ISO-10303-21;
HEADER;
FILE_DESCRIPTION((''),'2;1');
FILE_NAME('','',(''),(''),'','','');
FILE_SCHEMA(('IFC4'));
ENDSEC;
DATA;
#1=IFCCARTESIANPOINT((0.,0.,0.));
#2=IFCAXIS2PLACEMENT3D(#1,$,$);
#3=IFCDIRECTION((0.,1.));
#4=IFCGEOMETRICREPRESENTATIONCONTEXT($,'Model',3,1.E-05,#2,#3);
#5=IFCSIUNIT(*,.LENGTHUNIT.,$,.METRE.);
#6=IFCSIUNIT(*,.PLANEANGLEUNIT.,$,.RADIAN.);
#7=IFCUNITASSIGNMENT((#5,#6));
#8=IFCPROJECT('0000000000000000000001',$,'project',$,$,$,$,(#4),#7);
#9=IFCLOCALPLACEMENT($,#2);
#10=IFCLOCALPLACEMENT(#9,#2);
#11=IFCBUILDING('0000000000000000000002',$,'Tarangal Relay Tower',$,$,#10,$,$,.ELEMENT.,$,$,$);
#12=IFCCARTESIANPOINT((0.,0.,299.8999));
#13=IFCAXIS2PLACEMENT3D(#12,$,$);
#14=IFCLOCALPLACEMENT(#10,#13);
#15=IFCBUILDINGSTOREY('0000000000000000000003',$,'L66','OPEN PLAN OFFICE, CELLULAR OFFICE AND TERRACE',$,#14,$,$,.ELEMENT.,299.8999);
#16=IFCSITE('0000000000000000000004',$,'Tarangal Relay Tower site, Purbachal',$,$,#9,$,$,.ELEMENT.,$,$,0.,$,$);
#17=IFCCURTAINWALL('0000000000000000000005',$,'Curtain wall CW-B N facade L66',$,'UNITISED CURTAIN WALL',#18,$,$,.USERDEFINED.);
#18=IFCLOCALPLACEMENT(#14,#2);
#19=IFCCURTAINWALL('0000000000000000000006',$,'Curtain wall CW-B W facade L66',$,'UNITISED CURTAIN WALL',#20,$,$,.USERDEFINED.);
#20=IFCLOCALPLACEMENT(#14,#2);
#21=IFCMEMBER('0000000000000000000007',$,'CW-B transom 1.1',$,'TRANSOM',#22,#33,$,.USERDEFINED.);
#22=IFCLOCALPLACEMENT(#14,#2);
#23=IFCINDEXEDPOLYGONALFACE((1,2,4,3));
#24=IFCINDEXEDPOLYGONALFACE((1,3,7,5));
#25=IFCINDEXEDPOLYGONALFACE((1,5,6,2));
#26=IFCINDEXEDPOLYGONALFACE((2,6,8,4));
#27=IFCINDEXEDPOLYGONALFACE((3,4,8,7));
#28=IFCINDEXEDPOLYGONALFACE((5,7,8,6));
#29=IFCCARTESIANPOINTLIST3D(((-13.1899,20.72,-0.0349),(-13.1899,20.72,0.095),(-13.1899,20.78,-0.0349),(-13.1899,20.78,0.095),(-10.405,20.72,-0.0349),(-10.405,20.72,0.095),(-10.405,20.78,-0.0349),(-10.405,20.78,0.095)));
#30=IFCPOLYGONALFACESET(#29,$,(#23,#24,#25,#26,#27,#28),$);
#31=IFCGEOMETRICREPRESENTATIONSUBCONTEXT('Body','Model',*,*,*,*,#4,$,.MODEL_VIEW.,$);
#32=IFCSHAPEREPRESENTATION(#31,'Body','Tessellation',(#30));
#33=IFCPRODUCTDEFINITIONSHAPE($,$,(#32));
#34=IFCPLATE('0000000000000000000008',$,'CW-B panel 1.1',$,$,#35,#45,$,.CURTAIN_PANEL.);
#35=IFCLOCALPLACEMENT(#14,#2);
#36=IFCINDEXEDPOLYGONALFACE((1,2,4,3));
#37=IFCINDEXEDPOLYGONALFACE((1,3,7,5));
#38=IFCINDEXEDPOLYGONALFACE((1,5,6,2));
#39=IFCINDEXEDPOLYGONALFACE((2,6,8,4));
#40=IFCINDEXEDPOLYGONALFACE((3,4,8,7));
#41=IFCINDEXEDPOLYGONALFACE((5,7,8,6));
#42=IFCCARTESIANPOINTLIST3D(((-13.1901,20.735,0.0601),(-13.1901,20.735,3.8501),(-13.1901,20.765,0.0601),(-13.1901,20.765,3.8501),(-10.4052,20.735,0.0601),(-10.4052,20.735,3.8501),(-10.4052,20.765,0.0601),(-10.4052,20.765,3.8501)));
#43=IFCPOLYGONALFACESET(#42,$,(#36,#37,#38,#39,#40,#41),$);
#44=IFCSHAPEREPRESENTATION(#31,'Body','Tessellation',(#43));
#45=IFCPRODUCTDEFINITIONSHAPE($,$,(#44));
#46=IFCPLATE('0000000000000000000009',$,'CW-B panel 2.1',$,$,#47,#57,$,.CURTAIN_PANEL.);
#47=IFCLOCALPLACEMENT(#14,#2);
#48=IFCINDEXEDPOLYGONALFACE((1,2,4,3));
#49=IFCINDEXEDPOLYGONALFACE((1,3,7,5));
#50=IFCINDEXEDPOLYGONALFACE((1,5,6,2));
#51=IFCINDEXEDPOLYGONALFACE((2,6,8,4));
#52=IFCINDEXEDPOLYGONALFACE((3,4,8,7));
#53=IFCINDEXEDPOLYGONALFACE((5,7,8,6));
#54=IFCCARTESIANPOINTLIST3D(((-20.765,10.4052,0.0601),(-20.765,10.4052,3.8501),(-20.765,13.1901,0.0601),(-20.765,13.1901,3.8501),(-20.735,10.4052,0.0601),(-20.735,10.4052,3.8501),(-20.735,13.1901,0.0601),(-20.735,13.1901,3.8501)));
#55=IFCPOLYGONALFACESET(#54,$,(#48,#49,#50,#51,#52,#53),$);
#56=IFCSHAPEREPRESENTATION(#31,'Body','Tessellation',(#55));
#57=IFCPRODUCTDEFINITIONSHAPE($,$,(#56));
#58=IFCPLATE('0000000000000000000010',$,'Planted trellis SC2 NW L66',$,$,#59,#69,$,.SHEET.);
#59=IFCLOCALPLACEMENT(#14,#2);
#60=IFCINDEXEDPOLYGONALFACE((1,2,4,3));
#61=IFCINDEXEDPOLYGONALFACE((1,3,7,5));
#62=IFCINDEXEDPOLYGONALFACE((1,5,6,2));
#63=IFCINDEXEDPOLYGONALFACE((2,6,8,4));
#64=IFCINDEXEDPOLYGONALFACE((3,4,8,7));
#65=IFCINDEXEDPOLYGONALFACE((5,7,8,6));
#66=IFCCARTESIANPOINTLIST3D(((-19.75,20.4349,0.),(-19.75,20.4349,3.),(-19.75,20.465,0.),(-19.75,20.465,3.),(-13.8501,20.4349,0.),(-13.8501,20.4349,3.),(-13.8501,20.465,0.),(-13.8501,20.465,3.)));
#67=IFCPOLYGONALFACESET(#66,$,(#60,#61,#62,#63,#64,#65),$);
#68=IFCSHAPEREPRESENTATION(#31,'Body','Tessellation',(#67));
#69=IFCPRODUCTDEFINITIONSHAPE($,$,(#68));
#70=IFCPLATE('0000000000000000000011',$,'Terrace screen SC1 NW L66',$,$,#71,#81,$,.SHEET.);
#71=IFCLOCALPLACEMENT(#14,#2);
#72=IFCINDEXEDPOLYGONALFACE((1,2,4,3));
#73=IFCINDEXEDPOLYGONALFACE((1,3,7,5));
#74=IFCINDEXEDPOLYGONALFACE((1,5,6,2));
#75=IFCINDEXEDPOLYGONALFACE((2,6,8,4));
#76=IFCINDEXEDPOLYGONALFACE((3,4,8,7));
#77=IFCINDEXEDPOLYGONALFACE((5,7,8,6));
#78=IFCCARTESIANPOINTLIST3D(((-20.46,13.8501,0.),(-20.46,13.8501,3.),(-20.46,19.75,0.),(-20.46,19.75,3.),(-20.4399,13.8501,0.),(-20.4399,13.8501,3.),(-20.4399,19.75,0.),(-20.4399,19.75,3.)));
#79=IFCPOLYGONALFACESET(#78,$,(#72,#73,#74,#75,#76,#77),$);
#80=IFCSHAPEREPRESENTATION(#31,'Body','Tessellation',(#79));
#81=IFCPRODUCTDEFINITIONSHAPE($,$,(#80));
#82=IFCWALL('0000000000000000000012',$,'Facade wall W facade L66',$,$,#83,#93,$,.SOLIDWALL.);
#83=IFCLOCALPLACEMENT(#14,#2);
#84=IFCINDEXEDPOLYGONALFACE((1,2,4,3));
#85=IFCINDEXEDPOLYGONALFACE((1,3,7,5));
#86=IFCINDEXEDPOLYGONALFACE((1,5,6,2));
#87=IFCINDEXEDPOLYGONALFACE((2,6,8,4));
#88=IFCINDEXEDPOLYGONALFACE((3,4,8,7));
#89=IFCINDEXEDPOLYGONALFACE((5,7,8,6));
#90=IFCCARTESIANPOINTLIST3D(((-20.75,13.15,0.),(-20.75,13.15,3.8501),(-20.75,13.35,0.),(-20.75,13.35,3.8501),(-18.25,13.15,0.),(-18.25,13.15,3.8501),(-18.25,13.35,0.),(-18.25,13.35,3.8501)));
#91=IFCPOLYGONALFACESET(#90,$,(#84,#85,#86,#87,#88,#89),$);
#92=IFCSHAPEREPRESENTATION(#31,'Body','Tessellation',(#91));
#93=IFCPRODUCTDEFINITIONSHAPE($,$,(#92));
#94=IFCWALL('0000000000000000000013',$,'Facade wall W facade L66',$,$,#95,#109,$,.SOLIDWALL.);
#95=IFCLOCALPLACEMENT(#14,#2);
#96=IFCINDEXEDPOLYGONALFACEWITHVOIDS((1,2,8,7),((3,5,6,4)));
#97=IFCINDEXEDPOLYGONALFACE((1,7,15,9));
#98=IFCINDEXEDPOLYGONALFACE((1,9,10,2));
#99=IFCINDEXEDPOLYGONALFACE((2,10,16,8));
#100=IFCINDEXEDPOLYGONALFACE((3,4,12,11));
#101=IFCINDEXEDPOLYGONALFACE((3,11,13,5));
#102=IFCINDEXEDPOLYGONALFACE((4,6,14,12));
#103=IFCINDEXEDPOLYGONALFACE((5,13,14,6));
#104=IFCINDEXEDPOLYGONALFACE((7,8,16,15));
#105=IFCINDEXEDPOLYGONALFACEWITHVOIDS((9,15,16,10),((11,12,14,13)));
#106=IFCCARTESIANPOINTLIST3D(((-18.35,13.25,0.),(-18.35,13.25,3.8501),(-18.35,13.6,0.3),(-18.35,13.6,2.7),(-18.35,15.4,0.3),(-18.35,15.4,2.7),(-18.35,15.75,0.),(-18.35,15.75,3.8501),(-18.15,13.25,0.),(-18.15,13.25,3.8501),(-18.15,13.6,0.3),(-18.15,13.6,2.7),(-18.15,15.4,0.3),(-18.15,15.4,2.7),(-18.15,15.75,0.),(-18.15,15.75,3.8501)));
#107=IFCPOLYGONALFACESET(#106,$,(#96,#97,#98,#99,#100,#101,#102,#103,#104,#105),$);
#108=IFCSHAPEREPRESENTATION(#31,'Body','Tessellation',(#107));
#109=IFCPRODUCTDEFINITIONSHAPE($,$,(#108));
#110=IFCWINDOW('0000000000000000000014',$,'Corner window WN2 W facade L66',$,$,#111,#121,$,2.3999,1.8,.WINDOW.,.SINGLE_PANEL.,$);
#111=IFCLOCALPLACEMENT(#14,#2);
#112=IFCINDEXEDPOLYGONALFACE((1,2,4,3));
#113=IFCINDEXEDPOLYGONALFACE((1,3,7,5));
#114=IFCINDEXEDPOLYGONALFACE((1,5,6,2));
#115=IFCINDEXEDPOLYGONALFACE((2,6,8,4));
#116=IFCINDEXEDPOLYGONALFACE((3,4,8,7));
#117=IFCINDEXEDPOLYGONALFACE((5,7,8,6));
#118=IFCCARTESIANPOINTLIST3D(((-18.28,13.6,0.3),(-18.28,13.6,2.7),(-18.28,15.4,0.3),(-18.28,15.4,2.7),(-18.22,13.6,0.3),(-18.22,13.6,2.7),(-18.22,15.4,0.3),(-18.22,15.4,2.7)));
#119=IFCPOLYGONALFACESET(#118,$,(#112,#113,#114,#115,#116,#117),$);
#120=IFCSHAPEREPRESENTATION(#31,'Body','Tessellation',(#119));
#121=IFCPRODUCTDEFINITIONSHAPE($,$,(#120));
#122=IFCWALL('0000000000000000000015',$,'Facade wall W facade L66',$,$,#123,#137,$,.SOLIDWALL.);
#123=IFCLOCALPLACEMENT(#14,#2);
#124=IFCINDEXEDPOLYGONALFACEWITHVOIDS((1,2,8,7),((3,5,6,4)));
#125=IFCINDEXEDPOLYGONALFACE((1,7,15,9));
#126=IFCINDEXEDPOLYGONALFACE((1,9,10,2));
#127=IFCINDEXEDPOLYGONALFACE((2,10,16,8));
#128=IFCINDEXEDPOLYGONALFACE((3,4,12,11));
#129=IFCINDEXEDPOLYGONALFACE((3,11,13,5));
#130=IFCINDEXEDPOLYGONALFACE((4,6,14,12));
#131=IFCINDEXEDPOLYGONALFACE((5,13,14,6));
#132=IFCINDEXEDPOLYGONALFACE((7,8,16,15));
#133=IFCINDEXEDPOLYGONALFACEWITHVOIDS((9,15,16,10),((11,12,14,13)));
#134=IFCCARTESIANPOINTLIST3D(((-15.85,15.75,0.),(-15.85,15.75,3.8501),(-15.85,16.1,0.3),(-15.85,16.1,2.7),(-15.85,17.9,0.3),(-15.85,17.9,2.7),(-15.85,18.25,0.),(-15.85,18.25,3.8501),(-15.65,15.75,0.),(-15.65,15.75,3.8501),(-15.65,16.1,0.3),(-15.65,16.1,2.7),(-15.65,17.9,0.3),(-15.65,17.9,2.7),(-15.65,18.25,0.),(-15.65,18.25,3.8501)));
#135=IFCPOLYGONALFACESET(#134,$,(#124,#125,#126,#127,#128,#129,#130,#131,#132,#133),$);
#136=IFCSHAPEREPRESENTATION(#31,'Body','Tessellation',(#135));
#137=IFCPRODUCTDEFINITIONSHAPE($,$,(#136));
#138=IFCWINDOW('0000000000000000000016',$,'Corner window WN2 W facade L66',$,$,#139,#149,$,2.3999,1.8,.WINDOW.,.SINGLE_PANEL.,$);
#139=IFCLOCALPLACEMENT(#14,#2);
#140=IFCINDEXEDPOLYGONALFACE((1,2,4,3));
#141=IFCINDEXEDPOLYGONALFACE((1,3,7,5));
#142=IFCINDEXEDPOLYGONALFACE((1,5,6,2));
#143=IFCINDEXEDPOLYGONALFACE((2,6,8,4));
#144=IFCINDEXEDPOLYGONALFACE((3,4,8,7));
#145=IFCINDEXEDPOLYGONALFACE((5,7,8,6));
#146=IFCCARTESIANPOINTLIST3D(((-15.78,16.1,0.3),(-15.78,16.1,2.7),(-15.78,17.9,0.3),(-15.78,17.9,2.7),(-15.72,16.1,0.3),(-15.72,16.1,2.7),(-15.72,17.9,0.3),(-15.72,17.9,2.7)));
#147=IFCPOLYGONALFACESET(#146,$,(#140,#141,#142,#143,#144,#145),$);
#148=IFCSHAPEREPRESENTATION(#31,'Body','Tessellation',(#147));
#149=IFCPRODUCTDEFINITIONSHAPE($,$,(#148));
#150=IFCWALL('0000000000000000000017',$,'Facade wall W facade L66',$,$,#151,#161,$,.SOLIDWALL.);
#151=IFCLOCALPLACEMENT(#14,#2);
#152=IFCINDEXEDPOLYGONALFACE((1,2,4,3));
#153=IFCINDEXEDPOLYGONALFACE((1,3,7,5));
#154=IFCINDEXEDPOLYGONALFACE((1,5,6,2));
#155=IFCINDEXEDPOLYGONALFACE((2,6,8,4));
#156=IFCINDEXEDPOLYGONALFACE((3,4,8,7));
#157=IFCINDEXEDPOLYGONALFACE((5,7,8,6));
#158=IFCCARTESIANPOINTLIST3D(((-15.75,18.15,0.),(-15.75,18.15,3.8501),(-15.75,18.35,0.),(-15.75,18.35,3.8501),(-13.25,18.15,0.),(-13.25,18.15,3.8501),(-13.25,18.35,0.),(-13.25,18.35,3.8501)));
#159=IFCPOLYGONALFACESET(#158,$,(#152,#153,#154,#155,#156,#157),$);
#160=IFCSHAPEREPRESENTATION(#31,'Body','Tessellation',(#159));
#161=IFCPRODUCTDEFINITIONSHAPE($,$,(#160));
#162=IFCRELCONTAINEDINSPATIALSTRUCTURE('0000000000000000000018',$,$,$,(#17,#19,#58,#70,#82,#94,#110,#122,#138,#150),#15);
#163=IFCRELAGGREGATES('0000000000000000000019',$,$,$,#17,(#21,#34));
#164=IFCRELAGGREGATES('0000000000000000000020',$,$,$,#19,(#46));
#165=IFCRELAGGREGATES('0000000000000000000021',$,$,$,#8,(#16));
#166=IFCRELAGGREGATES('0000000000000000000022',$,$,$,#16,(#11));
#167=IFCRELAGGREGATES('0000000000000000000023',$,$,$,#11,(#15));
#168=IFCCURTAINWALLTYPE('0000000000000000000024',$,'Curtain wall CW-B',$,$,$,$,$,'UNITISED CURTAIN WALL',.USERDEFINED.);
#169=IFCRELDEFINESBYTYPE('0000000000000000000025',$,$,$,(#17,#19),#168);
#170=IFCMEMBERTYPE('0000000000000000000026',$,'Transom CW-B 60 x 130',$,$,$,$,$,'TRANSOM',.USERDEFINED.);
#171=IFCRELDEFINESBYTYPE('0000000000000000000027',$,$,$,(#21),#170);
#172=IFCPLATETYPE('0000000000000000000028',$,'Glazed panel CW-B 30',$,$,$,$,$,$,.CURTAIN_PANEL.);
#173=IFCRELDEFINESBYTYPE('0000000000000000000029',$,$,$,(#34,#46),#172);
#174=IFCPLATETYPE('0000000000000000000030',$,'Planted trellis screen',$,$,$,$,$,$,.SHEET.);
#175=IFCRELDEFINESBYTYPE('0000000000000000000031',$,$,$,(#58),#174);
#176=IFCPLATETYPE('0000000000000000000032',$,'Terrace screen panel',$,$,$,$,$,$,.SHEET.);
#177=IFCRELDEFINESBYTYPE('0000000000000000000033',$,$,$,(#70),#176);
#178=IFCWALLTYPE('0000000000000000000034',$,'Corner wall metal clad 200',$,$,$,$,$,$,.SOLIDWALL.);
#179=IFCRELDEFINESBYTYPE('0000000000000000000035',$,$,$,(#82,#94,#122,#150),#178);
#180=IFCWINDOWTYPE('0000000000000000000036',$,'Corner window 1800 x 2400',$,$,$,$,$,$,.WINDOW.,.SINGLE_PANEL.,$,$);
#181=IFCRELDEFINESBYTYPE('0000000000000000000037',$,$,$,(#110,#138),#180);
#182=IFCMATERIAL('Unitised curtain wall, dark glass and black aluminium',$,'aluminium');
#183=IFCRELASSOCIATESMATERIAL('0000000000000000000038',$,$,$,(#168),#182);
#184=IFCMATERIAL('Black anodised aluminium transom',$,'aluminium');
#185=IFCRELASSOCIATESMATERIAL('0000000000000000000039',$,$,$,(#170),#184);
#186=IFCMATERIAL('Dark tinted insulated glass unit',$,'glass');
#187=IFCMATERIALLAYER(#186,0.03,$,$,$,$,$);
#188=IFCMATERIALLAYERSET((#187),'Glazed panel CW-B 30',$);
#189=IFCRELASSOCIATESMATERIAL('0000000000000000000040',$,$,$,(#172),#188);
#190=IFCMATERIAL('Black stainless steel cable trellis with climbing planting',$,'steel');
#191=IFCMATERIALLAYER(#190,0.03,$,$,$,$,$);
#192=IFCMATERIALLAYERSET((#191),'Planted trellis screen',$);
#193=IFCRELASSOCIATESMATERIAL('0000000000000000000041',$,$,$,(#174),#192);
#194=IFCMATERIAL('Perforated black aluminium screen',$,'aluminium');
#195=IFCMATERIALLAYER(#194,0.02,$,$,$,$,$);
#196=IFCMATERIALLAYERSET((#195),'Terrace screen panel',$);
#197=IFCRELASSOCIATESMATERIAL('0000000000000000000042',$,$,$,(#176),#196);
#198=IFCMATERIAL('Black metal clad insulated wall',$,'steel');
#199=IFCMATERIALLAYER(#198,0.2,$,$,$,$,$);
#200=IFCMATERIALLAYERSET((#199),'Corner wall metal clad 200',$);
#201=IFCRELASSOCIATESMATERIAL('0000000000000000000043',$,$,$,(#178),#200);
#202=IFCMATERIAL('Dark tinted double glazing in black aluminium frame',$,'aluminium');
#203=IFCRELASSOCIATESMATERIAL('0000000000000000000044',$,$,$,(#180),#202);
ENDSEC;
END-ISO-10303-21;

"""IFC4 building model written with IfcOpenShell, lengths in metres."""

from ifc_helpers import new_model, si_unit, direction, frame, frame_2d, origin, origin_2d, place, context, subcontext, project, spatial, rectangle, extrude, material, layer, layer_set, material_profile, profile_set, type_object, element, fill, aggregate, save


model = new_model("IFC4")

# Units and contexts
model_context = context("Model", 3, precision=1e-05, world=origin(), true_north=direction((0.0, 1.0)))
body_context = subcontext(model_context, "Body", "Model", "MODEL_VIEW")
ifc_project = project(units=[si_unit("LENGTHUNIT", "METRE"), si_unit("PLANEANGLEUNIT", "RADIAN")], contexts=[model_context])

# Site, building, storey
site_placement = place(None, origin())
site = spatial("IfcSite", under=ifc_project, at=site_placement, Name="Tarangal Relay Tower site, Purbachal", CompositionType="ELEMENT", RefElevation=0.0)
building_placement = place(site_placement, origin())
building = spatial("IfcBuilding", under=site, at=building_placement, Name="Tarangal Relay Tower", CompositionType="ELEMENT")
storey_placement = place(building_placement, frame((0.0, 0.0, 299.8999)))
storey = spatial("IfcBuildingStorey", under=building, at=storey_placement, Name="L66", Description="OPEN PLAN OFFICE, CELLULAR OFFICE AND TERRACE", CompositionType="ELEMENT", Elevation=299.8999)

# Curtain walls
ifc_material_1 = material(Name="Unitised curtain wall, dark glass and black aluminium", Category="aluminium")
curtain_wall_type = type_object("IfcCurtainWallType", Name="Curtain wall CW-B", ElementType="UNITISED CURTAIN WALL", PredefinedType="USERDEFINED", material=ifc_material_1)
curtain_wall_1_placement = place(storey_placement, origin())
curtain_wall_1 = element("IfcCurtainWall", 1, at=curtain_wall_1_placement, inside=storey, type_object=curtain_wall_type, Name="Curtain wall CW-B N facade L66", ObjectType="UNITISED CURTAIN WALL", PredefinedType="USERDEFINED")
curtain_wall_2_placement = place(storey_placement, origin())
curtain_wall_2 = element("IfcCurtainWall", 2, at=curtain_wall_2_placement, inside=storey, type_object=curtain_wall_type, Name="Curtain wall CW-B W facade L66", ObjectType="UNITISED CURTAIN WALL", PredefinedType="USERDEFINED")

# Member
ifc_material_2 = material(Name="Black anodised aluminium transom", Category="aluminium")
ifc_material_profile_1 = material_profile(ifc_material_2, rectangle(XDim=0.0601, YDim=0.1299, at=origin_2d()), Name="CW-BT 60X130")
ifc_profile_set_1 = profile_set([ifc_material_profile_1], Name="Black anodised aluminium transom")
member_type_1 = type_object("IfcMemberType", Name="Transom CW-B 60 x 130", ElementType="TRANSOM", PredefinedType="USERDEFINED", material=ifc_profile_set_1)
member_1_placement = place(storey_placement, frame((-13.1899, 20.75, 0.03), z_axis=(1.0, 0.0, 0.0), x_axis=(0.0, 1.0, 0.0)))
member_1 = element("IfcMember", 3, at=member_1_placement, type_object=member_type_1, Name="CW-B transom 1.1", ObjectType="TRANSOM", PredefinedType="USERDEFINED", context=body_context, shape_type="SweptSolid", body=[
    extrude(rectangle(XDim=0.0601, YDim=0.1299, at=origin_2d()), origin(), (0.0, 0.0, 1.0), 2.7849),
])

# Plates
ifc_material_3 = material(Name="Dark tinted insulated glass unit", Category="glass")
ifc_layer_1 = layer(ifc_material_3, 0.03)
ifc_layer_set_1 = layer_set([ifc_layer_1], Name="Glazed panel CW-B 30")
plate_type_1 = type_object("IfcPlateType", Name="Glazed panel CW-B 30", PredefinedType="CURTAIN_PANEL", material=ifc_layer_set_1)
plate_1_placement = place(storey_placement, frame((-11.7976, 20.75, 0.0601), z_axis=(0.0, 0.0, 1.0), x_axis=(1.0, 0.0, 0.0)))
plate_1 = element("IfcPlate", 4, at=plate_1_placement, type_object=plate_type_1, Name="CW-B panel 1.1", PredefinedType="CURTAIN_PANEL", context=body_context, shape_type="SweptSolid", body=[
    extrude(rectangle(XDim=2.7849, YDim=0.03, at=origin_2d()), origin(), (0.0, 0.0, 1.0), 3.79),
])
aggregate(curtain_wall_1, [member_1, plate_1])
plate_2_placement = place(storey_placement, frame((-20.75, 11.7976, 0.0601), z_axis=(0.0, 0.0, 1.0), x_axis=(0.0, 1.0, 0.0)))
plate_2 = element("IfcPlate", 5, at=plate_2_placement, type_object=plate_type_1, Name="CW-B panel 2.1", PredefinedType="CURTAIN_PANEL", context=body_context, shape_type="SweptSolid", body=[
    extrude(rectangle(XDim=2.7849, YDim=0.03, at=origin_2d()), origin(), (0.0, 0.0, 1.0), 3.79),
])
aggregate(curtain_wall_2, [plate_2])

# Plates
ifc_material_4 = material(Name="Black stainless steel cable trellis with climbing planting", Category="steel")
ifc_layer_2 = layer(ifc_material_4, 0.03)
ifc_layer_set_2 = layer_set([ifc_layer_2], Name="Planted trellis screen")
plate_type_2 = type_object("IfcPlateType", Name="Planted trellis screen", PredefinedType="SHEET", material=ifc_layer_set_2)
plate_3_placement = place(storey_placement, frame((-16.8, 20.45, 0.0), z_axis=(0.0, 0.0, 1.0), x_axis=(1.0, 0.0, 0.0)))
element("IfcPlate", 6, at=plate_3_placement, inside=storey, type_object=plate_type_2, Name="Planted trellis SC2 NW L66", PredefinedType="SHEET", context=body_context, shape_type="SweptSolid", body=[
    extrude(rectangle(XDim=5.8999, YDim=0.03, at=origin_2d()), origin(), (0.0, 0.0, 1.0), 3.0),
])
ifc_material_5 = material(Name="Perforated black aluminium screen", Category="aluminium")
ifc_layer_3 = layer(ifc_material_5, 0.02)
ifc_layer_set_3 = layer_set([ifc_layer_3], Name="Terrace screen panel")
plate_type_3 = type_object("IfcPlateType", Name="Terrace screen panel", PredefinedType="SHEET", material=ifc_layer_set_3)
plate_4_placement = place(storey_placement, frame((-20.45, 16.8, 0.0), z_axis=(0.0, 0.0, 1.0), x_axis=(0.0, 1.0, 0.0)))
element("IfcPlate", 7, at=plate_4_placement, inside=storey, type_object=plate_type_3, Name="Terrace screen SC1 NW L66", PredefinedType="SHEET", context=body_context, shape_type="SweptSolid", body=[
    extrude(rectangle(XDim=5.8999, YDim=0.02, at=origin_2d()), origin(), (0.0, 0.0, 1.0), 3.0),
])

# Wall
ifc_material_6 = material(Name="Black metal clad insulated wall", Category="steel")
ifc_layer_4 = layer(ifc_material_6, 0.2)
ifc_layer_set_4 = layer_set([ifc_layer_4], Name="Corner wall metal clad 200")
wall_type_1 = type_object("IfcWallType", Name="Corner wall metal clad 200", PredefinedType="SOLIDWALL", material=ifc_layer_set_4)
wall_1_placement = place(storey_placement, frame((-20.75, 13.25, 0.0), z_axis=(0.0, 0.0, 1.0), x_axis=(1.0, 0.0, 0.0)))
element("IfcWall", 8, at=wall_1_placement, inside=storey, type_object=wall_type_1, Name="Facade wall W facade L66", PredefinedType="SOLIDWALL", context=body_context, shape_type="SweptSolid", body=[
    extrude(rectangle(XDim=2.5, YDim=0.2, at=frame_2d((1.25, 0.0))), origin(), (0.0, 0.0, 1.0), 3.8501),
])

# Wall, opening, window
wall_2_placement = place(storey_placement, frame((-18.25, 13.25, 0.0), z_axis=(0.0, 0.0, 1.0), x_axis=(0.0, 1.0, 0.0)))
wall_2 = element("IfcWall", 9, at=wall_2_placement, inside=storey, type_object=wall_type_1, Name="Facade wall W facade L66", PredefinedType="SOLIDWALL", context=body_context, shape_type="SweptSolid", body=[
    extrude(rectangle(XDim=2.5, YDim=0.2, at=frame_2d((1.25, 0.0))), origin(), (0.0, 0.0, 1.0), 3.8501),
])
opening_1_placement = place(wall_2_placement, frame((0.3501, 0.0, 0.3)))
opening_1 = element("IfcOpeningElement", 10, at=opening_1_placement, cuts=wall_2, PredefinedType="OPENING", context=body_context, shape_type="SweptSolid", body=[
    extrude(rectangle(XDim=1.8, YDim=2.3999, at=frame_2d((0.8999, 1.2))), frame((0.0, 0.1099, 0.0), z_axis=(0.0, -1.0, 0.0), x_axis=(1.0, 0.0, 0.0)), (0.0, 0.0, 1.0), 0.22),
])
ifc_material_7 = material(Name="Dark tinted double glazing in black aluminium frame", Category="aluminium")
window_type = type_object("IfcWindowType", Name="Corner window 1800 x 2400", PartitioningType="SINGLE_PANEL", PredefinedType="WINDOW", material=ifc_material_7)
window_1_placement = place(opening_1_placement, origin())
window_1 = element("IfcWindow", 11, at=window_1_placement, inside=storey, type_object=window_type, Name="Corner window WN2 W facade L66", OverallHeight=2.3999, OverallWidth=1.8, PartitioningType="SINGLE_PANEL", PredefinedType="WINDOW", context=body_context, shape_type="SweptSolid", body=[
    extrude(rectangle(XDim=1.8, YDim=2.3999, at=frame_2d((0.8999, 1.2))), frame((0.0, 0.03, 0.0), z_axis=(0.0, -1.0, 0.0), x_axis=(1.0, 0.0, 0.0)), (0.0, 0.0, 1.0), 0.0601),
])
fill(opening_1, window_1)

# Wall, opening, window
wall_3_placement = place(storey_placement, frame((-15.75, 15.75, 0.0), z_axis=(0.0, 0.0, 1.0), x_axis=(0.0, 1.0, 0.0)))
wall_3 = element("IfcWall", 12, at=wall_3_placement, inside=storey, type_object=wall_type_1, Name="Facade wall W facade L66", PredefinedType="SOLIDWALL", context=body_context, shape_type="SweptSolid", body=[
    extrude(rectangle(XDim=2.5, YDim=0.2, at=frame_2d((1.25, 0.0))), origin(), (0.0, 0.0, 1.0), 3.8501),
])
opening_2_placement = place(wall_3_placement, frame((0.3501, 0.0, 0.3)))
opening_2 = element("IfcOpeningElement", 13, at=opening_2_placement, cuts=wall_3, PredefinedType="OPENING", context=body_context, shape_type="SweptSolid", body=[
    extrude(rectangle(XDim=1.8, YDim=2.3999, at=frame_2d((0.8999, 1.2))), frame((0.0, 0.1099, 0.0), z_axis=(0.0, -1.0, 0.0), x_axis=(1.0, 0.0, 0.0)), (0.0, 0.0, 1.0), 0.22),
])
window_2_placement = place(opening_2_placement, origin())
window_2 = element("IfcWindow", 14, at=window_2_placement, inside=storey, type_object=window_type, Name="Corner window WN2 W facade L66", OverallHeight=2.3999, OverallWidth=1.8, PartitioningType="SINGLE_PANEL", PredefinedType="WINDOW", context=body_context, shape_type="SweptSolid", body=[
    extrude(rectangle(XDim=1.8, YDim=2.3999, at=frame_2d((0.8999, 1.2))), frame((0.0, 0.03, 0.0), z_axis=(0.0, -1.0, 0.0), x_axis=(1.0, 0.0, 0.0)), (0.0, 0.0, 1.0), 0.0601),
])
fill(opening_2, window_2)

# Wall
wall_4_placement = place(storey_placement, frame((-15.75, 18.25, 0.0), z_axis=(0.0, 0.0, 1.0), x_axis=(1.0, 0.0, 0.0)))
element("IfcWall", 15, at=wall_4_placement, inside=storey, type_object=wall_type_1, Name="Facade wall W facade L66", PredefinedType="SOLIDWALL", context=body_context, shape_type="SweptSolid", body=[
    extrude(rectangle(XDim=2.5, YDim=0.2, at=frame_2d((1.25, 0.0))), origin(), (0.0, 0.0, 1.0), 3.8501),
])

save(model, "model.ifc")
